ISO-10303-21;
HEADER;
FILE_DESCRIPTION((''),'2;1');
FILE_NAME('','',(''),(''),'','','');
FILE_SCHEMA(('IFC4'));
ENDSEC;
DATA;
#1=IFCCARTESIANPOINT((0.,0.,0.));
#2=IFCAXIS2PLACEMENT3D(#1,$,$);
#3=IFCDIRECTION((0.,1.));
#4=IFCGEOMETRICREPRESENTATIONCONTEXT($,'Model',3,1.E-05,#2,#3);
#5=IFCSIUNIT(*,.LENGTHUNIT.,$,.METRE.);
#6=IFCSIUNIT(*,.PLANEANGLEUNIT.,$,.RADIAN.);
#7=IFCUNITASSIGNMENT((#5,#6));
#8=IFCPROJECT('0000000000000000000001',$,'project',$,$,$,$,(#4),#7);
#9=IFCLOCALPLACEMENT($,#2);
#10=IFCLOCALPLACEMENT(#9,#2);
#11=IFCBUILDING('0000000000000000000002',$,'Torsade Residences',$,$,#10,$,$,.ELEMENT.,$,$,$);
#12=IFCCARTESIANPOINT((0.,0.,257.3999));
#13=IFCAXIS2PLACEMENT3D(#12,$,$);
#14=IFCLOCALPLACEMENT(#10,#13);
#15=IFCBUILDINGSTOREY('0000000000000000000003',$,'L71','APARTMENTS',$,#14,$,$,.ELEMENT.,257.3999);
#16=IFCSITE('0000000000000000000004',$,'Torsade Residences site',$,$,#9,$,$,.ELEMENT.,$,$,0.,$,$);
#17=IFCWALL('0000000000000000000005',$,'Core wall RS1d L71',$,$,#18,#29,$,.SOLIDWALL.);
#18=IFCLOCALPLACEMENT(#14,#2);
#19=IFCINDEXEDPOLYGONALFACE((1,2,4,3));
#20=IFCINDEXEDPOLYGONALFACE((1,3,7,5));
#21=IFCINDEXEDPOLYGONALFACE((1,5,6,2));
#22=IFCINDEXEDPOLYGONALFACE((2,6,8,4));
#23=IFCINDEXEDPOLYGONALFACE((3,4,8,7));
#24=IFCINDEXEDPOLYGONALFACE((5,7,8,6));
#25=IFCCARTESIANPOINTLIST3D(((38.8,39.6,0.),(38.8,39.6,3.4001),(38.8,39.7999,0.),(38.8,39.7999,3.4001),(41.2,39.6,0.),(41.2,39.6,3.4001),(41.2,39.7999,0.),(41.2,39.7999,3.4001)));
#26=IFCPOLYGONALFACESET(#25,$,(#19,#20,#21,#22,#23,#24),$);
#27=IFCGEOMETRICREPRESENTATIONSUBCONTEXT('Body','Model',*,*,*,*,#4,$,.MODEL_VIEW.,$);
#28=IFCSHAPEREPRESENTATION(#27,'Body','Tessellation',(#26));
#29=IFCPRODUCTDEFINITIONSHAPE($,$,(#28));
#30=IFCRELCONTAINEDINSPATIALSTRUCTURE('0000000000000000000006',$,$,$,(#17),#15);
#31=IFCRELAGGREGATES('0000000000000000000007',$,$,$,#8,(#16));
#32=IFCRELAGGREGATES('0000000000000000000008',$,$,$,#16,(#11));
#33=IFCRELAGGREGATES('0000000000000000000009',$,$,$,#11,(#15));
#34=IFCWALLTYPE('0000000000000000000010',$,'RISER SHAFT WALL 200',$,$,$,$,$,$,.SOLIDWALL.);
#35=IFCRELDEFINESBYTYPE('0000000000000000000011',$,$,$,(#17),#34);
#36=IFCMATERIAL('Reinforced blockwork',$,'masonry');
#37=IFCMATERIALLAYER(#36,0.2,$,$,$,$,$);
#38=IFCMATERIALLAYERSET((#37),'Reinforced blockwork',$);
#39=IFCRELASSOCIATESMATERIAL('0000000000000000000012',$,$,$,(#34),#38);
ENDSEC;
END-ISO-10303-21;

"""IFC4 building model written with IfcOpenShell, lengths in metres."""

from ifc_helpers import new_model, si_unit, direction, frame, frame_2d, origin, place, context, subcontext, project, spatial, rectangle, extrude, material, layer, layer_set, type_object, element, save


model = new_model("IFC4")

# Units and contexts
model_context = context("Model", 3, precision=1e-05, world=origin(), true_north=direction((0.0, 1.0)))
body_context = subcontext(model_context, "Body", "Model", "MODEL_VIEW")
ifc_project = project(units=[si_unit("LENGTHUNIT", "METRE"), si_unit("PLANEANGLEUNIT", "RADIAN")], contexts=[model_context])

# Site, building, storey
site_placement = place(None, origin())
site = spatial("IfcSite", under=ifc_project, at=site_placement, Name="Torsade Residences site", CompositionType="ELEMENT", RefElevation=0.0)
building_placement = place(site_placement, origin())
building = spatial("IfcBuilding", under=site, at=building_placement, Name="Torsade Residences", CompositionType="ELEMENT")
storey_placement = place(building_placement, frame((0.0, 0.0, 257.3999)))
storey = spatial("IfcBuildingStorey", under=building, at=storey_placement, Name="L71", Description="APARTMENTS", CompositionType="ELEMENT", Elevation=257.3999)

# Wall
ifc_material_1 = material(Name="Reinforced blockwork", Category="masonry")
ifc_layer_1 = layer(ifc_material_1, 0.2)
ifc_layer_set_1 = layer_set([ifc_layer_1], Name="Reinforced blockwork")
wall_type_1 = type_object("IfcWallType", Name="RISER SHAFT WALL 200", PredefinedType="SOLIDWALL", material=ifc_layer_set_1)
wall_1_placement = place(storey_placement, frame((38.8, 39.7, 0.0), z_axis=(0.0, 0.0, 1.0), x_axis=(1.0, 0.0, 0.0)))
element("IfcWall", 1, at=wall_1_placement, inside=storey, type_object=wall_type_1, Name="Core wall RS1d L71", PredefinedType="SOLIDWALL", context=body_context, shape_type="SweptSolid", body=[
    extrude(rectangle(XDim=2.3999, YDim=0.2, at=frame_2d((1.2, 0.0))), origin(), (0.0, 0.0, 1.0), 3.4001),
])

save(model, "model.ifc")
